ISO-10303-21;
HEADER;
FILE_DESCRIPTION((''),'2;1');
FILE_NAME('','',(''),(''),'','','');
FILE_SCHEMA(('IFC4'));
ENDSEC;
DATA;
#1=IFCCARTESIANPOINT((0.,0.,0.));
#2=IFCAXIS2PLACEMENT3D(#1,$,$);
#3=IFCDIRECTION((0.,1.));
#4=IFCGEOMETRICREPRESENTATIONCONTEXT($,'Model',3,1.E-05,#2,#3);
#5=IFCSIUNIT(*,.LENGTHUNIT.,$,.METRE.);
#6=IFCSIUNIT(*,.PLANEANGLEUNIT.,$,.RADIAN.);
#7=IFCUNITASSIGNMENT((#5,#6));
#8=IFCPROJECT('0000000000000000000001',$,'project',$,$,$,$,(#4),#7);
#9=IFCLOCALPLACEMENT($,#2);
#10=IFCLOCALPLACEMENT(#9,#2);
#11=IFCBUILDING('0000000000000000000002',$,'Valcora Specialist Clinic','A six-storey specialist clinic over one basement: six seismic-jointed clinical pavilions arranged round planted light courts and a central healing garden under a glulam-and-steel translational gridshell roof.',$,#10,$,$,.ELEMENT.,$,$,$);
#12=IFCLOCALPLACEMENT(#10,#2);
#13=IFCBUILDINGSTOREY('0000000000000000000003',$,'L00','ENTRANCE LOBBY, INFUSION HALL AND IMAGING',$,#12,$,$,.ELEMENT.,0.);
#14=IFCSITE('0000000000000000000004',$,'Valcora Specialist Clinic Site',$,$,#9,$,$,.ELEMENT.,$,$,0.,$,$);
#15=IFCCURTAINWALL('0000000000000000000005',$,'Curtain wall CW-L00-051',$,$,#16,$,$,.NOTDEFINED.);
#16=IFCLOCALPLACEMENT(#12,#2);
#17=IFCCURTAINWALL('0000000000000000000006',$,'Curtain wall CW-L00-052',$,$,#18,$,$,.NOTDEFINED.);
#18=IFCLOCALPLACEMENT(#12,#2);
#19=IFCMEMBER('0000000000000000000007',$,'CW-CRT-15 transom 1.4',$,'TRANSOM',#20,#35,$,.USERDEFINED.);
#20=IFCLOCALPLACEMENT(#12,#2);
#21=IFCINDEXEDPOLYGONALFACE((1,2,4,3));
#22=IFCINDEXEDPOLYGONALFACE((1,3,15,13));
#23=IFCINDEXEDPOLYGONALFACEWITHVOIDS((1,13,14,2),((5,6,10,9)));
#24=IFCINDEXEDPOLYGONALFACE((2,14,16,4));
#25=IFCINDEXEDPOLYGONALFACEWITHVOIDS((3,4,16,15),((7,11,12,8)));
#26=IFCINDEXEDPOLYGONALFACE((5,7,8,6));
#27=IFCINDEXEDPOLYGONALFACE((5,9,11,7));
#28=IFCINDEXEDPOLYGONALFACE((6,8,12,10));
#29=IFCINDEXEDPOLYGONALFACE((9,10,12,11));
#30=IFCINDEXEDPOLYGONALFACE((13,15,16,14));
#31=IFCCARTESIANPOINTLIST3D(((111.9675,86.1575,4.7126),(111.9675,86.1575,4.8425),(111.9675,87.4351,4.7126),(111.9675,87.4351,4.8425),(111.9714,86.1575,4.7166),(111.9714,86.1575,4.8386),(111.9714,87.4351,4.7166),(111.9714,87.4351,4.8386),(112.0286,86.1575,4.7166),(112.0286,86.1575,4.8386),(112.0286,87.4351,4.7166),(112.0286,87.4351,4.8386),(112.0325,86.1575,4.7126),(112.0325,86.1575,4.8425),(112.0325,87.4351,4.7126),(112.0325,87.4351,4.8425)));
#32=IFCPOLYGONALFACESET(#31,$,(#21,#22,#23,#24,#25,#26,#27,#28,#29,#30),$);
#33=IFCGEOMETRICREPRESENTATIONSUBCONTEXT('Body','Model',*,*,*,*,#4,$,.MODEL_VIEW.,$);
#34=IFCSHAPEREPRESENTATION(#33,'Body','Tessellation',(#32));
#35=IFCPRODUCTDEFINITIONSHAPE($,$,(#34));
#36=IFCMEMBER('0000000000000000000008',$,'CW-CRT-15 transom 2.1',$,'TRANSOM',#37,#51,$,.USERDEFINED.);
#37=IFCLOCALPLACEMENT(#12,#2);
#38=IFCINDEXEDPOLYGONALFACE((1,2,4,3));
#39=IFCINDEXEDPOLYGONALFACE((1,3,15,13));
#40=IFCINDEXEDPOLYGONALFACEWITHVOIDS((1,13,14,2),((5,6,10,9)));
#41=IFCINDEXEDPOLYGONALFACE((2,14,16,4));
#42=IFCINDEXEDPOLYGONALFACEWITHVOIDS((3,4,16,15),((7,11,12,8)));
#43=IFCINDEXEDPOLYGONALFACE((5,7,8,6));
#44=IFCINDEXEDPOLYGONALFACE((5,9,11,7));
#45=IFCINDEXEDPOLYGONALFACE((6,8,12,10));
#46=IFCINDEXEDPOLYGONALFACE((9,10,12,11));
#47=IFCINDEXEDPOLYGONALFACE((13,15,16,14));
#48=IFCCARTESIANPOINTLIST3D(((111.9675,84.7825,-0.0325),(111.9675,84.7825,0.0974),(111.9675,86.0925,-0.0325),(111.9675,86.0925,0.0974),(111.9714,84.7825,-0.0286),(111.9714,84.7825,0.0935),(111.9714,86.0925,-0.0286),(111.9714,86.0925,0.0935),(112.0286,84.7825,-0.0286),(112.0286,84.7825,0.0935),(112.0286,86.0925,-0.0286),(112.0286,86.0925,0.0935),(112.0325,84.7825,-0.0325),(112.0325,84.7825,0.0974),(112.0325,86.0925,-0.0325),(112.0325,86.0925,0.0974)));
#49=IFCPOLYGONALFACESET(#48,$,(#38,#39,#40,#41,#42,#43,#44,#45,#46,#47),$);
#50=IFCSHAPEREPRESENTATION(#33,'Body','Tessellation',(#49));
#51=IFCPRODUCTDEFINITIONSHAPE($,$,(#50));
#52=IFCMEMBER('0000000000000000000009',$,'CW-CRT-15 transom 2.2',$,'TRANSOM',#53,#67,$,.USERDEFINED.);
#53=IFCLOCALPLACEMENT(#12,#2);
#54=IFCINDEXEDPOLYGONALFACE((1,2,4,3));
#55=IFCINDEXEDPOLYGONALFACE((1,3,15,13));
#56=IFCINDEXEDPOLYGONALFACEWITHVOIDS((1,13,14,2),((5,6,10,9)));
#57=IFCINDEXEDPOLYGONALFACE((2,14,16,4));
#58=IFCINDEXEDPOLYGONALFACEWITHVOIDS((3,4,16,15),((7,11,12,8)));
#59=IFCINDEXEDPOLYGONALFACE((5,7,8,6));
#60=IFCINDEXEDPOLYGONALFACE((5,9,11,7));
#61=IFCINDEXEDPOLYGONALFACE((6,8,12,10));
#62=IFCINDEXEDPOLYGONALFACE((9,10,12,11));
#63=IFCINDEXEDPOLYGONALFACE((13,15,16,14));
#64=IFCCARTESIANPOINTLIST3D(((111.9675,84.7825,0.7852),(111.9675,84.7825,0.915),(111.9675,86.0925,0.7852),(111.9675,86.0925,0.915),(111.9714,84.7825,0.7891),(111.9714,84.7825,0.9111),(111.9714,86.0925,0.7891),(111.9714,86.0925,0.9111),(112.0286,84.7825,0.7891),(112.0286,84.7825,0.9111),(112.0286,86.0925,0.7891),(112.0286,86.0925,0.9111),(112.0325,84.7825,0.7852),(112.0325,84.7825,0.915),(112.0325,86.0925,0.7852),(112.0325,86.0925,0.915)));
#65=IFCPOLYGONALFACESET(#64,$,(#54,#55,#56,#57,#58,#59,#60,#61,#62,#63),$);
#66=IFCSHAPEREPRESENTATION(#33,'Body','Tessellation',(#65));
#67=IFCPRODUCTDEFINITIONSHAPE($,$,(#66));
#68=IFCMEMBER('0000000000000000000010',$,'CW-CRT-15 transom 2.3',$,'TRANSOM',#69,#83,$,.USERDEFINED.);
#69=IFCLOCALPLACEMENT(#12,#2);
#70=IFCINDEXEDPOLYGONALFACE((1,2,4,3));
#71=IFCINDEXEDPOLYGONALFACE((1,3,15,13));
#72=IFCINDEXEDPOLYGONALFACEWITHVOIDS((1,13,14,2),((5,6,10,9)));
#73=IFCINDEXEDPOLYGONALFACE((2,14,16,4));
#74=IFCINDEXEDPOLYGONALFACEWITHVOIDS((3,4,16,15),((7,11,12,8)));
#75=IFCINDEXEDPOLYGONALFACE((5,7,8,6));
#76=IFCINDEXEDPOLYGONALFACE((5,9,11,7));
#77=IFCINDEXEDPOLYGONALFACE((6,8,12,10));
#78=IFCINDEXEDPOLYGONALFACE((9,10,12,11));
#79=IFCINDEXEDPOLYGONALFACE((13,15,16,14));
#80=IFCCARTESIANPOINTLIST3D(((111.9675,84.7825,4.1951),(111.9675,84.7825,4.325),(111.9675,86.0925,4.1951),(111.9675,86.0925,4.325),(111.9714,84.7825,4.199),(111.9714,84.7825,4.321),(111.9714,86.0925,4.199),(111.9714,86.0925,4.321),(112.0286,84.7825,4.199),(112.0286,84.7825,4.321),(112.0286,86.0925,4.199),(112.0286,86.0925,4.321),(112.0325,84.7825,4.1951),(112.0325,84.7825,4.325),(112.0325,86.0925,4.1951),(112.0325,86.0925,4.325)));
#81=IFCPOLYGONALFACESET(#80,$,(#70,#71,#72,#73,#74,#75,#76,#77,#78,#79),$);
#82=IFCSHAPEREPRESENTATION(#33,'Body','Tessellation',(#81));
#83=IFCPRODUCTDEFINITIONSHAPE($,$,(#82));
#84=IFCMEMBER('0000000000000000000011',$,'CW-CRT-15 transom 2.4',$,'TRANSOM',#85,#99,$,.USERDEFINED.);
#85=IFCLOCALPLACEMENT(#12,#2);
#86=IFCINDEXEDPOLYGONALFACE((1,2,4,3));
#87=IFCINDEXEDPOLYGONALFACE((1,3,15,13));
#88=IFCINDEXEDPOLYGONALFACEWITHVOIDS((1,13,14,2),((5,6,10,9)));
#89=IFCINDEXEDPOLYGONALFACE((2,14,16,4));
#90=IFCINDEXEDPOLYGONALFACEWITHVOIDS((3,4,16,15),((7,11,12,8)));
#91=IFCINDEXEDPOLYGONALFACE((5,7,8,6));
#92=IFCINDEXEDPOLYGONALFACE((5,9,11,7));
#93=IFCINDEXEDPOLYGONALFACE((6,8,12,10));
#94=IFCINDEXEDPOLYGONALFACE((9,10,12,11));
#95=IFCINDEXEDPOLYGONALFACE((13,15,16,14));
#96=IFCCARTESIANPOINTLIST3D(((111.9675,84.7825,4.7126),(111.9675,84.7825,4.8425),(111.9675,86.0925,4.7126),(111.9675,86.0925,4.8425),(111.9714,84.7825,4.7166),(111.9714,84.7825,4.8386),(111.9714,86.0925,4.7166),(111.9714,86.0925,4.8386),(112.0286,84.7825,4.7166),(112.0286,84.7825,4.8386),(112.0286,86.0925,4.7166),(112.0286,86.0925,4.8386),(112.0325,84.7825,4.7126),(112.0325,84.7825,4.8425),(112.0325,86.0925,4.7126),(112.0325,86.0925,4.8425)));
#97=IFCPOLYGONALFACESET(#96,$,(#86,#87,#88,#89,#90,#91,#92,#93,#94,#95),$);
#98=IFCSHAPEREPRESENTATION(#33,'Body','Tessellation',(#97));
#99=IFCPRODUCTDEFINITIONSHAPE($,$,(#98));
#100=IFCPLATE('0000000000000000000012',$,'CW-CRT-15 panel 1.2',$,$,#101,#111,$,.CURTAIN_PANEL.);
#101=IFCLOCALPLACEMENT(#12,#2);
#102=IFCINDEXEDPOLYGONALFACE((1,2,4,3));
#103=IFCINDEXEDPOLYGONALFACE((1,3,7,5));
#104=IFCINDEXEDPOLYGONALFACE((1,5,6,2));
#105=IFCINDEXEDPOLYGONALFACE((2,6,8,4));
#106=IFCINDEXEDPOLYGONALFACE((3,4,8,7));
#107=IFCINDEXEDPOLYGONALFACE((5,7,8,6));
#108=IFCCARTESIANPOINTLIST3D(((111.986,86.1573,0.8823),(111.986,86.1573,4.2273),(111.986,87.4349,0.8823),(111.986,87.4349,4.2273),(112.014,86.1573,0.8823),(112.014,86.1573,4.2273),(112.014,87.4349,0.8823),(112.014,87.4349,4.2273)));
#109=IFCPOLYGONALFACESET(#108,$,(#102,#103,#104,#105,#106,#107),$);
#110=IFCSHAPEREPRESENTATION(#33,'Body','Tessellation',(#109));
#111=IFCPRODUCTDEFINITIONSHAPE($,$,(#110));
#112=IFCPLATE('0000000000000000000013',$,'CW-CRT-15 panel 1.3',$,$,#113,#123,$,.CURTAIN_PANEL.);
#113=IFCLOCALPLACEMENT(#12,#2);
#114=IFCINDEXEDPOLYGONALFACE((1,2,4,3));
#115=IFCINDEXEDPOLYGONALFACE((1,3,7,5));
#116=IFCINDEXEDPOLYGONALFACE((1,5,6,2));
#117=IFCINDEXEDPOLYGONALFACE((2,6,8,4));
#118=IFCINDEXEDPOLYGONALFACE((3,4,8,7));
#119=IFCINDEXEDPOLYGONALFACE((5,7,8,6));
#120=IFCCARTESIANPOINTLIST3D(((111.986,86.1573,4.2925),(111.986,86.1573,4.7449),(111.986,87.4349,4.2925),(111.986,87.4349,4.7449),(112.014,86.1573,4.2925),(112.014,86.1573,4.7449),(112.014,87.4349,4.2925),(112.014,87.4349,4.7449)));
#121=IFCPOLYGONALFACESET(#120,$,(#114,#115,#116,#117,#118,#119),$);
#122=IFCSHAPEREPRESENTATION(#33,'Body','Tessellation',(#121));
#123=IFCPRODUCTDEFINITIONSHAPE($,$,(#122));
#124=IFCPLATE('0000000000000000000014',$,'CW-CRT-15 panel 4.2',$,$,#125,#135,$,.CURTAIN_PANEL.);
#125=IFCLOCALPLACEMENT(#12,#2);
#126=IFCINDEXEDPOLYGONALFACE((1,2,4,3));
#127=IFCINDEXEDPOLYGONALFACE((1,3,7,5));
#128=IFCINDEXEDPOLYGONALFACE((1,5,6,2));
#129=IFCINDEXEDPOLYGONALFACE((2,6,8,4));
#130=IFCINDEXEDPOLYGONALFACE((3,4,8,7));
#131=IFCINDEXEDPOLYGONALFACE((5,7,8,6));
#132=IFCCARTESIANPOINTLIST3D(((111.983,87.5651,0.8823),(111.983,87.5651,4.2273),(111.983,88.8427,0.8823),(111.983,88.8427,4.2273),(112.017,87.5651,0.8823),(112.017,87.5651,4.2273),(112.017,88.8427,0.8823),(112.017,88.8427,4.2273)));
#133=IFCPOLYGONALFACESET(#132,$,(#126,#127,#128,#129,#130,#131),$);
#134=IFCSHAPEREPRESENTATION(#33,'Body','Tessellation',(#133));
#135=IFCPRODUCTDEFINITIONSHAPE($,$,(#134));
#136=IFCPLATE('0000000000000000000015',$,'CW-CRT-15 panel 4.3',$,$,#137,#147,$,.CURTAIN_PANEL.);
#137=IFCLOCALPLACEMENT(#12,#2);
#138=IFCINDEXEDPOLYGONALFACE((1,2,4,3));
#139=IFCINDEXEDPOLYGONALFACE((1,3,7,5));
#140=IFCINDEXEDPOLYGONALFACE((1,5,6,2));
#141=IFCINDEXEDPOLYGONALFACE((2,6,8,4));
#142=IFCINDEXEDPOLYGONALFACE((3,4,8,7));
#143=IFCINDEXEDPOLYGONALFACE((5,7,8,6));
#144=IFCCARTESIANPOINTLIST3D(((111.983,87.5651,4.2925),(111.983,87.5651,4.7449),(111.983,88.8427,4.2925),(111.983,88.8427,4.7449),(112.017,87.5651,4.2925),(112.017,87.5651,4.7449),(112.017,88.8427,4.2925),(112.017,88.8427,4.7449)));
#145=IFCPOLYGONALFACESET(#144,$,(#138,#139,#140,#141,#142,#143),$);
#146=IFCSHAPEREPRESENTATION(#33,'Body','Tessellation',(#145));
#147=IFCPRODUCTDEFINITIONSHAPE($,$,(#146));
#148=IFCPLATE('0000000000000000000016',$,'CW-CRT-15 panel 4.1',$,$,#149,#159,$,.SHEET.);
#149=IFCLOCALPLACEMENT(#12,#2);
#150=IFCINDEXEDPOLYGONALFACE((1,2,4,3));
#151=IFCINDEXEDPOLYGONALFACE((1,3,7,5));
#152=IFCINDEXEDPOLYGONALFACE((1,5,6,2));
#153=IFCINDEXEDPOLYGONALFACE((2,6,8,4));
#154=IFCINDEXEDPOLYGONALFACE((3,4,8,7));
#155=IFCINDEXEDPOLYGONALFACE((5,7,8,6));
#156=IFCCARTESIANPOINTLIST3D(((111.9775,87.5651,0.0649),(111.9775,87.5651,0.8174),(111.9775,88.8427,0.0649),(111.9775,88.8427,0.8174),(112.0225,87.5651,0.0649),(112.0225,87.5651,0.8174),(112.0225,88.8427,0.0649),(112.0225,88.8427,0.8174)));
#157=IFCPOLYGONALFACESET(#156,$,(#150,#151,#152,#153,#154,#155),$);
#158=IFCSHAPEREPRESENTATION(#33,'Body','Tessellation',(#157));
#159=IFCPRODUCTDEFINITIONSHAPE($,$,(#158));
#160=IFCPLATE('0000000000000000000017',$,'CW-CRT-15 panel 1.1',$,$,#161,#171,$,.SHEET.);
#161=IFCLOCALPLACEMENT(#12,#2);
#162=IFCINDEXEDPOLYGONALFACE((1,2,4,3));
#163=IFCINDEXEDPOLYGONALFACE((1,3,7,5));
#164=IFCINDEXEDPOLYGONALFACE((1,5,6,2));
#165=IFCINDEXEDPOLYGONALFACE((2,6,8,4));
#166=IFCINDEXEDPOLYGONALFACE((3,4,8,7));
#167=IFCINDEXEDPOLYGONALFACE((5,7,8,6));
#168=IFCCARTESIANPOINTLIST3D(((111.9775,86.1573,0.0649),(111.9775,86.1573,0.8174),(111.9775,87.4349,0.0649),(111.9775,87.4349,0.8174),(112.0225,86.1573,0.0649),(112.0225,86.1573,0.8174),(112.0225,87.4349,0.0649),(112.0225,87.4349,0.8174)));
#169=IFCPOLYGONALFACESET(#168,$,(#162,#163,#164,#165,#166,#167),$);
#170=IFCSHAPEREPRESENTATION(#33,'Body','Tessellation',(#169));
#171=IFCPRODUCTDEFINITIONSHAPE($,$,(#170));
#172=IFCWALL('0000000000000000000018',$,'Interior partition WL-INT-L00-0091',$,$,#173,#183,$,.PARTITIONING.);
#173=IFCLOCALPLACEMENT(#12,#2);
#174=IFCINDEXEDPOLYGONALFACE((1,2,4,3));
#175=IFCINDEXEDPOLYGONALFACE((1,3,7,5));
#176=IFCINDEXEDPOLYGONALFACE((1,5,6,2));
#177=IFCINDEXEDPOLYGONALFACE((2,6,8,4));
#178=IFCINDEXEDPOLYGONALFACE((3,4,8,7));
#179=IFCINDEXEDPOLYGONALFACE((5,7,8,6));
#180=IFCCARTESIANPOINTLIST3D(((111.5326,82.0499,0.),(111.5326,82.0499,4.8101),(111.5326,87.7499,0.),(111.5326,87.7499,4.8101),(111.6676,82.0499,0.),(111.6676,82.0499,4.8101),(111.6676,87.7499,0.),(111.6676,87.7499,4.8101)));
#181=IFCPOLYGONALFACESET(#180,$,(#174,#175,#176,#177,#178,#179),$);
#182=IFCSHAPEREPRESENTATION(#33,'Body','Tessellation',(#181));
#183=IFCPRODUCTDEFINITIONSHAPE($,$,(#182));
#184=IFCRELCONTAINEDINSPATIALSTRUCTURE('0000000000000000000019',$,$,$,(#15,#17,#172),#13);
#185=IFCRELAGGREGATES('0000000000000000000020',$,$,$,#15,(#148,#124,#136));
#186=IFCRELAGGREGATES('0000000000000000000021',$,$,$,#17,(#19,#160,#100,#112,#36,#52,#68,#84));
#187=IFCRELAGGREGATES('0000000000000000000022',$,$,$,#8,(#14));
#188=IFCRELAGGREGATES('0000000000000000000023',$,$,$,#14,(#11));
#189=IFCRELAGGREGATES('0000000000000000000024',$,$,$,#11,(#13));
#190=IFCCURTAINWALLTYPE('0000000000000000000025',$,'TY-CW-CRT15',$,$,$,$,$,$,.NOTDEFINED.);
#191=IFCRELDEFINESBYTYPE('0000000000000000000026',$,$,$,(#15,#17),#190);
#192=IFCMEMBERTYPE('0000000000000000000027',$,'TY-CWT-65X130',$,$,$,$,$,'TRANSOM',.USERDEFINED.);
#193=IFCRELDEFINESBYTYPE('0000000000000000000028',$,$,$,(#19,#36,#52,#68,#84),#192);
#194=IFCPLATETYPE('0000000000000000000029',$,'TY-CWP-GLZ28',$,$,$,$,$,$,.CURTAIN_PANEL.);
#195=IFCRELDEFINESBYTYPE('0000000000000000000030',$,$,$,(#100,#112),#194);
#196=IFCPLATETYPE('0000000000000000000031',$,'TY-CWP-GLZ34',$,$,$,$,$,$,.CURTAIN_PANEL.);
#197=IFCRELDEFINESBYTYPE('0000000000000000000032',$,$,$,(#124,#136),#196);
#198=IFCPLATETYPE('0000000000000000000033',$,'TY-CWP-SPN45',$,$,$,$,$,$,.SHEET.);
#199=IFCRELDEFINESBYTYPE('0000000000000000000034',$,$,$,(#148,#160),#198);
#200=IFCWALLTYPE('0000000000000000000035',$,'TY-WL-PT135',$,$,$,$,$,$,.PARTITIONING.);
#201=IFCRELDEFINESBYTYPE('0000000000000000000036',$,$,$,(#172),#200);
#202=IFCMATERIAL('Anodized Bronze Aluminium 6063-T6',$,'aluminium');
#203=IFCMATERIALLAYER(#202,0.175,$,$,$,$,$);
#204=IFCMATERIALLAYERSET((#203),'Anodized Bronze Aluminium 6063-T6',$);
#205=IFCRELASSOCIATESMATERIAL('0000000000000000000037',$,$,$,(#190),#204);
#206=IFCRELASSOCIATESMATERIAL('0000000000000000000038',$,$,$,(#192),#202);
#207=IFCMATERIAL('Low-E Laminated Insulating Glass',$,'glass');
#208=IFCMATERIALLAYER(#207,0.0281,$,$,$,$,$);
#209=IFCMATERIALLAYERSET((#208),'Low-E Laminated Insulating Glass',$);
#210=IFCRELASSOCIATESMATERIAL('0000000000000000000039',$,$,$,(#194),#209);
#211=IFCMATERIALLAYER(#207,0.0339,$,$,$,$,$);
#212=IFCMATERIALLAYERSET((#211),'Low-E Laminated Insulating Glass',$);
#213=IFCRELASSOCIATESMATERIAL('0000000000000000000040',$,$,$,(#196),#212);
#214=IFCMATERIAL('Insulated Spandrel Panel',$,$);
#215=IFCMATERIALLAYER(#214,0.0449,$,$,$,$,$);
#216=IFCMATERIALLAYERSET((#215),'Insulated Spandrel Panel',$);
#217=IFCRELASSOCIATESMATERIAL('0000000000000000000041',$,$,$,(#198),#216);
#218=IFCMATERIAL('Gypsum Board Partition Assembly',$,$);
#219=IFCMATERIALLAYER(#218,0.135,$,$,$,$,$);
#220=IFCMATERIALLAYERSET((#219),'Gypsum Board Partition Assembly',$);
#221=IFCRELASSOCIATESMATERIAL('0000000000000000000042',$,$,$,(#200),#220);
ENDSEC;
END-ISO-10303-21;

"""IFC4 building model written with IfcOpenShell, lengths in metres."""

from ifc_helpers import new_model, si_unit, direction, frame, frame_2d, origin, origin_2d, place, context, subcontext, project, spatial, rectangle, hollow_rectangle, extrude, material, layer, layer_set, material_profile, profile_set, type_object, element, aggregate, save


model = new_model("IFC4")

# Units and contexts
model_context = context("Model", 3, precision=1e-05, world=origin(), true_north=direction((0.0, 1.0)))
body_context = subcontext(model_context, "Body", "Model", "MODEL_VIEW")
ifc_project = project(units=[si_unit("LENGTHUNIT", "METRE"), si_unit("PLANEANGLEUNIT", "RADIAN")], contexts=[model_context])

# Site, building, storey
site_placement = place(None, origin())
site = spatial("IfcSite", under=ifc_project, at=site_placement, Name="Valcora Specialist Clinic Site", CompositionType="ELEMENT", RefElevation=0.0)
building_placement = place(site_placement, origin())
building = spatial("IfcBuilding", under=site, at=building_placement, Name="Valcora Specialist Clinic", Description="A six-storey specialist clinic over one basement: six seismic-jointed clinical pavilions arranged round planted light courts and a central healing garden under a glulam-and-steel translational gridshell roof.", CompositionType="ELEMENT")
storey_placement = place(building_placement, origin())
storey = spatial("IfcBuildingStorey", under=building, at=storey_placement, Name="L00", Description="ENTRANCE LOBBY, INFUSION HALL AND IMAGING", CompositionType="ELEMENT", Elevation=0.0)

# Curtain walls
ifc_material_1 = material(Name="Anodized Bronze Aluminium 6063-T6", Category="aluminium")
ifc_layer_1 = layer(ifc_material_1, 0.175)
ifc_layer_set_1 = layer_set([ifc_layer_1], Name="Anodized Bronze Aluminium 6063-T6")
curtain_wall_type = type_object("IfcCurtainWallType", Name="TY-CW-CRT15", PredefinedType="NOTDEFINED", material=ifc_layer_set_1)
curtain_wall_1_placement = place(storey_placement, origin())
curtain_wall_1 = element("IfcCurtainWall", 1, at=curtain_wall_1_placement, inside=storey, type_object=curtain_wall_type, Name="Curtain wall CW-L00-051", PredefinedType="NOTDEFINED")
curtain_wall_2_placement = place(storey_placement, origin())
curtain_wall_2 = element("IfcCurtainWall", 2, at=curtain_wall_2_placement, inside=storey, type_object=curtain_wall_type, Name="Curtain wall CW-L00-052", PredefinedType="NOTDEFINED")

# Members
ifc_material_profile_1 = material_profile(ifc_material_1, hollow_rectangle(XDim=0.0649, YDim=0.1299, WallThickness=0.0039, at=origin_2d()), Name="AL-TRN-65X130")
ifc_profile_set_1 = profile_set([ifc_material_profile_1], Name="Anodized Bronze Aluminium 6063-T6")
member_type_1 = type_object("IfcMemberType", Name="TY-CWT-65X130", ElementType="TRANSOM", PredefinedType="USERDEFINED", material=ifc_profile_set_1)
member_1_placement = place(storey_placement, frame((112.0, 87.4351, 4.7776), z_axis=(0.0, -1.0, 0.0), x_axis=(1.0, 0.0, 0.0)))
member_1 = element("IfcMember", 3, at=member_1_placement, type_object=member_type_1, Name="CW-CRT-15 transom 1.4", ObjectType="TRANSOM", PredefinedType="USERDEFINED", context=body_context, shape_type="SweptSolid", body=[
    extrude(hollow_rectangle(XDim=0.0649, YDim=0.1299, WallThickness=0.0039, at=origin_2d()), origin(), (0.0, 0.0, 1.0), 1.2776),
])
member_2_placement = place(storey_placement, frame((112.0, 86.0925, 0.0325), z_axis=(0.0, -1.0, 0.0), x_axis=(1.0, 0.0, 0.0)))
member_2 = element("IfcMember", 4, at=member_2_placement, type_object=member_type_1, Name="CW-CRT-15 transom 2.1", ObjectType="TRANSOM", PredefinedType="USERDEFINED", context=body_context, shape_type="SweptSolid", body=[
    extrude(hollow_rectangle(XDim=0.0649, YDim=0.1299, WallThickness=0.0039, at=origin_2d()), origin(), (0.0, 0.0, 1.0), 1.3101),
])
member_3_placement = place(storey_placement, frame((112.0, 86.0925, 0.8501), z_axis=(0.0, -1.0, 0.0), x_axis=(1.0, 0.0, 0.0)))
member_3 = element("IfcMember", 5, at=member_3_placement, type_object=member_type_1, Name="CW-CRT-15 transom 2.2", ObjectType="TRANSOM", PredefinedType="USERDEFINED", context=body_context, shape_type="SweptSolid", body=[
    extrude(hollow_rectangle(XDim=0.0649, YDim=0.1299, WallThickness=0.0039, at=origin_2d()), origin(), (0.0, 0.0, 1.0), 1.3101),
])
member_4_placement = place(storey_placement, frame((112.0, 86.0925, 4.26), z_axis=(0.0, -1.0, 0.0), x_axis=(1.0, 0.0, 0.0)))
member_4 = element("IfcMember", 6, at=member_4_placement, type_object=member_type_1, Name="CW-CRT-15 transom 2.3", ObjectType="TRANSOM", PredefinedType="USERDEFINED", context=body_context, shape_type="SweptSolid", body=[
    extrude(hollow_rectangle(XDim=0.0649, YDim=0.1299, WallThickness=0.0039, at=origin_2d()), origin(), (0.0, 0.0, 1.0), 1.3101),
])
member_5_placement = place(storey_placement, frame((112.0, 86.0925, 4.7776), z_axis=(0.0, -1.0, 0.0), x_axis=(1.0, 0.0, 0.0)))
member_5 = element("IfcMember", 7, at=member_5_placement, type_object=member_type_1, Name="CW-CRT-15 transom 2.4", ObjectType="TRANSOM", PredefinedType="USERDEFINED", context=body_context, shape_type="SweptSolid", body=[
    extrude(hollow_rectangle(XDim=0.0649, YDim=0.1299, WallThickness=0.0039, at=origin_2d()), origin(), (0.0, 0.0, 1.0), 1.3101),
])

# Plates
ifc_material_2 = material(Name="Low-E Laminated Insulating Glass", Category="glass")
ifc_layer_2 = layer(ifc_material_2, 0.0281)
ifc_layer_set_2 = layer_set([ifc_layer_2], Name="Low-E Laminated Insulating Glass")
plate_type_1 = type_object("IfcPlateType", Name="TY-CWP-GLZ28", PredefinedType="CURTAIN_PANEL", material=ifc_layer_set_2)
plate_1_placement = place(storey_placement, frame((112.0, 86.7961, 0.8823), z_axis=(0.0, 0.0, 1.0), x_axis=(0.0, -1.0, 0.0)))
plate_1 = element("IfcPlate", 8, at=plate_1_placement, type_object=plate_type_1, Name="CW-CRT-15 panel 1.2", PredefinedType="CURTAIN_PANEL", context=body_context, shape_type="SweptSolid", body=[
    extrude(rectangle(XDim=1.2776, YDim=0.0281, at=origin_2d()), origin(), (0.0, 0.0, 1.0), 3.345),
])
plate_2_placement = place(storey_placement, frame((112.0, 86.7961, 4.2925), z_axis=(0.0, 0.0, 1.0), x_axis=(0.0, -1.0, 0.0)))
plate_2 = element("IfcPlate", 9, at=plate_2_placement, type_object=plate_type_1, Name="CW-CRT-15 panel 1.3", PredefinedType="CURTAIN_PANEL", context=body_context, shape_type="SweptSolid", body=[
    extrude(rectangle(XDim=1.2776, YDim=0.0281, at=origin_2d()), origin(), (0.0, 0.0, 1.0), 0.4524),
])
ifc_layer_3 = layer(ifc_material_2, 0.0339)
ifc_layer_set_3 = layer_set([ifc_layer_3], Name="Low-E Laminated Insulating Glass")
plate_type_2 = type_object("IfcPlateType", Name="TY-CWP-GLZ34", PredefinedType="CURTAIN_PANEL", material=ifc_layer_set_3)
plate_3_placement = place(storey_placement, frame((112.0, 88.2039, 0.8823), z_axis=(0.0, 0.0, 1.0), x_axis=(0.0, -1.0, 0.0)))
plate_3 = element("IfcPlate", 10, at=plate_3_placement, type_object=plate_type_2, Name="CW-CRT-15 panel 4.2", PredefinedType="CURTAIN_PANEL", context=body_context, shape_type="SweptSolid", body=[
    extrude(rectangle(XDim=1.2776, YDim=0.0339, at=origin_2d()), origin(), (0.0, 0.0, 1.0), 3.345),
])
plate_4_placement = place(storey_placement, frame((112.0, 88.2039, 4.2925), z_axis=(0.0, 0.0, 1.0), x_axis=(0.0, -1.0, 0.0)))
plate_4 = element("IfcPlate", 11, at=plate_4_placement, type_object=plate_type_2, Name="CW-CRT-15 panel 4.3", PredefinedType="CURTAIN_PANEL", context=body_context, shape_type="SweptSolid", body=[
    extrude(rectangle(XDim=1.2776, YDim=0.0339, at=origin_2d()), origin(), (0.0, 0.0, 1.0), 0.4524),
])
ifc_material_3 = material(Name="Insulated Spandrel Panel")
ifc_layer_4 = layer(ifc_material_3, 0.0449)
ifc_layer_set_4 = layer_set([ifc_layer_4], Name="Insulated Spandrel Panel")
plate_type_3 = type_object("IfcPlateType", Name="TY-CWP-SPN45", PredefinedType="SHEET", material=ifc_layer_set_4)
plate_5_placement = place(storey_placement, frame((112.0, 88.2039, 0.0649), z_axis=(0.0, 0.0, 1.0), x_axis=(0.0, -1.0, 0.0)))
plate_5 = element("IfcPlate", 12, at=plate_5_placement, type_object=plate_type_3, Name="CW-CRT-15 panel 4.1", PredefinedType="SHEET", context=body_context, shape_type="SweptSolid", body=[
    extrude(rectangle(XDim=1.2776, YDim=0.0449, at=origin_2d()), origin(), (0.0, 0.0, 1.0), 0.7524),
])
aggregate(curtain_wall_1, [plate_5, plate_3, plate_4])
plate_6_placement = place(storey_placement, frame((112.0, 86.7961, 0.0649), z_axis=(0.0, 0.0, 1.0), x_axis=(0.0, -1.0, 0.0)))
plate_6 = element("IfcPlate", 13, at=plate_6_placement, type_object=plate_type_3, Name="CW-CRT-15 panel 1.1", PredefinedType="SHEET", context=body_context, shape_type="SweptSolid", body=[
    extrude(rectangle(XDim=1.2776, YDim=0.0449, at=origin_2d()), origin(), (0.0, 0.0, 1.0), 0.7524),
])
aggregate(curtain_wall_2, [member_1, plate_6, plate_1, plate_2, member_2, member_3, member_4, member_5])

# Wall
ifc_material_4 = material(Name="Gypsum Board Partition Assembly")
ifc_layer_5 = layer(ifc_material_4, 0.135)
ifc_layer_set_5 = layer_set([ifc_layer_5], Name="Gypsum Board Partition Assembly")
wall_type = type_object("IfcWallType", Name="TY-WL-PT135", PredefinedType="PARTITIONING", material=ifc_layer_set_5)
wall_placement = place(storey_placement, frame((111.6001, 87.75, 0.0), z_axis=(0.0, 0.0, 1.0), x_axis=(0.0, -1.0, 0.0)))
element("IfcWall", 14, at=wall_placement, inside=storey, type_object=wall_type, Name="Interior partition WL-INT-L00-0091", PredefinedType="PARTITIONING", context=body_context, shape_type="SweptSolid", body=[
    extrude(rectangle(XDim=5.7, YDim=0.135, at=frame_2d((2.8501, 0.0))), origin(), (0.0, 0.0, 1.0), 4.8101),
])

save(model, "model.ifc")
